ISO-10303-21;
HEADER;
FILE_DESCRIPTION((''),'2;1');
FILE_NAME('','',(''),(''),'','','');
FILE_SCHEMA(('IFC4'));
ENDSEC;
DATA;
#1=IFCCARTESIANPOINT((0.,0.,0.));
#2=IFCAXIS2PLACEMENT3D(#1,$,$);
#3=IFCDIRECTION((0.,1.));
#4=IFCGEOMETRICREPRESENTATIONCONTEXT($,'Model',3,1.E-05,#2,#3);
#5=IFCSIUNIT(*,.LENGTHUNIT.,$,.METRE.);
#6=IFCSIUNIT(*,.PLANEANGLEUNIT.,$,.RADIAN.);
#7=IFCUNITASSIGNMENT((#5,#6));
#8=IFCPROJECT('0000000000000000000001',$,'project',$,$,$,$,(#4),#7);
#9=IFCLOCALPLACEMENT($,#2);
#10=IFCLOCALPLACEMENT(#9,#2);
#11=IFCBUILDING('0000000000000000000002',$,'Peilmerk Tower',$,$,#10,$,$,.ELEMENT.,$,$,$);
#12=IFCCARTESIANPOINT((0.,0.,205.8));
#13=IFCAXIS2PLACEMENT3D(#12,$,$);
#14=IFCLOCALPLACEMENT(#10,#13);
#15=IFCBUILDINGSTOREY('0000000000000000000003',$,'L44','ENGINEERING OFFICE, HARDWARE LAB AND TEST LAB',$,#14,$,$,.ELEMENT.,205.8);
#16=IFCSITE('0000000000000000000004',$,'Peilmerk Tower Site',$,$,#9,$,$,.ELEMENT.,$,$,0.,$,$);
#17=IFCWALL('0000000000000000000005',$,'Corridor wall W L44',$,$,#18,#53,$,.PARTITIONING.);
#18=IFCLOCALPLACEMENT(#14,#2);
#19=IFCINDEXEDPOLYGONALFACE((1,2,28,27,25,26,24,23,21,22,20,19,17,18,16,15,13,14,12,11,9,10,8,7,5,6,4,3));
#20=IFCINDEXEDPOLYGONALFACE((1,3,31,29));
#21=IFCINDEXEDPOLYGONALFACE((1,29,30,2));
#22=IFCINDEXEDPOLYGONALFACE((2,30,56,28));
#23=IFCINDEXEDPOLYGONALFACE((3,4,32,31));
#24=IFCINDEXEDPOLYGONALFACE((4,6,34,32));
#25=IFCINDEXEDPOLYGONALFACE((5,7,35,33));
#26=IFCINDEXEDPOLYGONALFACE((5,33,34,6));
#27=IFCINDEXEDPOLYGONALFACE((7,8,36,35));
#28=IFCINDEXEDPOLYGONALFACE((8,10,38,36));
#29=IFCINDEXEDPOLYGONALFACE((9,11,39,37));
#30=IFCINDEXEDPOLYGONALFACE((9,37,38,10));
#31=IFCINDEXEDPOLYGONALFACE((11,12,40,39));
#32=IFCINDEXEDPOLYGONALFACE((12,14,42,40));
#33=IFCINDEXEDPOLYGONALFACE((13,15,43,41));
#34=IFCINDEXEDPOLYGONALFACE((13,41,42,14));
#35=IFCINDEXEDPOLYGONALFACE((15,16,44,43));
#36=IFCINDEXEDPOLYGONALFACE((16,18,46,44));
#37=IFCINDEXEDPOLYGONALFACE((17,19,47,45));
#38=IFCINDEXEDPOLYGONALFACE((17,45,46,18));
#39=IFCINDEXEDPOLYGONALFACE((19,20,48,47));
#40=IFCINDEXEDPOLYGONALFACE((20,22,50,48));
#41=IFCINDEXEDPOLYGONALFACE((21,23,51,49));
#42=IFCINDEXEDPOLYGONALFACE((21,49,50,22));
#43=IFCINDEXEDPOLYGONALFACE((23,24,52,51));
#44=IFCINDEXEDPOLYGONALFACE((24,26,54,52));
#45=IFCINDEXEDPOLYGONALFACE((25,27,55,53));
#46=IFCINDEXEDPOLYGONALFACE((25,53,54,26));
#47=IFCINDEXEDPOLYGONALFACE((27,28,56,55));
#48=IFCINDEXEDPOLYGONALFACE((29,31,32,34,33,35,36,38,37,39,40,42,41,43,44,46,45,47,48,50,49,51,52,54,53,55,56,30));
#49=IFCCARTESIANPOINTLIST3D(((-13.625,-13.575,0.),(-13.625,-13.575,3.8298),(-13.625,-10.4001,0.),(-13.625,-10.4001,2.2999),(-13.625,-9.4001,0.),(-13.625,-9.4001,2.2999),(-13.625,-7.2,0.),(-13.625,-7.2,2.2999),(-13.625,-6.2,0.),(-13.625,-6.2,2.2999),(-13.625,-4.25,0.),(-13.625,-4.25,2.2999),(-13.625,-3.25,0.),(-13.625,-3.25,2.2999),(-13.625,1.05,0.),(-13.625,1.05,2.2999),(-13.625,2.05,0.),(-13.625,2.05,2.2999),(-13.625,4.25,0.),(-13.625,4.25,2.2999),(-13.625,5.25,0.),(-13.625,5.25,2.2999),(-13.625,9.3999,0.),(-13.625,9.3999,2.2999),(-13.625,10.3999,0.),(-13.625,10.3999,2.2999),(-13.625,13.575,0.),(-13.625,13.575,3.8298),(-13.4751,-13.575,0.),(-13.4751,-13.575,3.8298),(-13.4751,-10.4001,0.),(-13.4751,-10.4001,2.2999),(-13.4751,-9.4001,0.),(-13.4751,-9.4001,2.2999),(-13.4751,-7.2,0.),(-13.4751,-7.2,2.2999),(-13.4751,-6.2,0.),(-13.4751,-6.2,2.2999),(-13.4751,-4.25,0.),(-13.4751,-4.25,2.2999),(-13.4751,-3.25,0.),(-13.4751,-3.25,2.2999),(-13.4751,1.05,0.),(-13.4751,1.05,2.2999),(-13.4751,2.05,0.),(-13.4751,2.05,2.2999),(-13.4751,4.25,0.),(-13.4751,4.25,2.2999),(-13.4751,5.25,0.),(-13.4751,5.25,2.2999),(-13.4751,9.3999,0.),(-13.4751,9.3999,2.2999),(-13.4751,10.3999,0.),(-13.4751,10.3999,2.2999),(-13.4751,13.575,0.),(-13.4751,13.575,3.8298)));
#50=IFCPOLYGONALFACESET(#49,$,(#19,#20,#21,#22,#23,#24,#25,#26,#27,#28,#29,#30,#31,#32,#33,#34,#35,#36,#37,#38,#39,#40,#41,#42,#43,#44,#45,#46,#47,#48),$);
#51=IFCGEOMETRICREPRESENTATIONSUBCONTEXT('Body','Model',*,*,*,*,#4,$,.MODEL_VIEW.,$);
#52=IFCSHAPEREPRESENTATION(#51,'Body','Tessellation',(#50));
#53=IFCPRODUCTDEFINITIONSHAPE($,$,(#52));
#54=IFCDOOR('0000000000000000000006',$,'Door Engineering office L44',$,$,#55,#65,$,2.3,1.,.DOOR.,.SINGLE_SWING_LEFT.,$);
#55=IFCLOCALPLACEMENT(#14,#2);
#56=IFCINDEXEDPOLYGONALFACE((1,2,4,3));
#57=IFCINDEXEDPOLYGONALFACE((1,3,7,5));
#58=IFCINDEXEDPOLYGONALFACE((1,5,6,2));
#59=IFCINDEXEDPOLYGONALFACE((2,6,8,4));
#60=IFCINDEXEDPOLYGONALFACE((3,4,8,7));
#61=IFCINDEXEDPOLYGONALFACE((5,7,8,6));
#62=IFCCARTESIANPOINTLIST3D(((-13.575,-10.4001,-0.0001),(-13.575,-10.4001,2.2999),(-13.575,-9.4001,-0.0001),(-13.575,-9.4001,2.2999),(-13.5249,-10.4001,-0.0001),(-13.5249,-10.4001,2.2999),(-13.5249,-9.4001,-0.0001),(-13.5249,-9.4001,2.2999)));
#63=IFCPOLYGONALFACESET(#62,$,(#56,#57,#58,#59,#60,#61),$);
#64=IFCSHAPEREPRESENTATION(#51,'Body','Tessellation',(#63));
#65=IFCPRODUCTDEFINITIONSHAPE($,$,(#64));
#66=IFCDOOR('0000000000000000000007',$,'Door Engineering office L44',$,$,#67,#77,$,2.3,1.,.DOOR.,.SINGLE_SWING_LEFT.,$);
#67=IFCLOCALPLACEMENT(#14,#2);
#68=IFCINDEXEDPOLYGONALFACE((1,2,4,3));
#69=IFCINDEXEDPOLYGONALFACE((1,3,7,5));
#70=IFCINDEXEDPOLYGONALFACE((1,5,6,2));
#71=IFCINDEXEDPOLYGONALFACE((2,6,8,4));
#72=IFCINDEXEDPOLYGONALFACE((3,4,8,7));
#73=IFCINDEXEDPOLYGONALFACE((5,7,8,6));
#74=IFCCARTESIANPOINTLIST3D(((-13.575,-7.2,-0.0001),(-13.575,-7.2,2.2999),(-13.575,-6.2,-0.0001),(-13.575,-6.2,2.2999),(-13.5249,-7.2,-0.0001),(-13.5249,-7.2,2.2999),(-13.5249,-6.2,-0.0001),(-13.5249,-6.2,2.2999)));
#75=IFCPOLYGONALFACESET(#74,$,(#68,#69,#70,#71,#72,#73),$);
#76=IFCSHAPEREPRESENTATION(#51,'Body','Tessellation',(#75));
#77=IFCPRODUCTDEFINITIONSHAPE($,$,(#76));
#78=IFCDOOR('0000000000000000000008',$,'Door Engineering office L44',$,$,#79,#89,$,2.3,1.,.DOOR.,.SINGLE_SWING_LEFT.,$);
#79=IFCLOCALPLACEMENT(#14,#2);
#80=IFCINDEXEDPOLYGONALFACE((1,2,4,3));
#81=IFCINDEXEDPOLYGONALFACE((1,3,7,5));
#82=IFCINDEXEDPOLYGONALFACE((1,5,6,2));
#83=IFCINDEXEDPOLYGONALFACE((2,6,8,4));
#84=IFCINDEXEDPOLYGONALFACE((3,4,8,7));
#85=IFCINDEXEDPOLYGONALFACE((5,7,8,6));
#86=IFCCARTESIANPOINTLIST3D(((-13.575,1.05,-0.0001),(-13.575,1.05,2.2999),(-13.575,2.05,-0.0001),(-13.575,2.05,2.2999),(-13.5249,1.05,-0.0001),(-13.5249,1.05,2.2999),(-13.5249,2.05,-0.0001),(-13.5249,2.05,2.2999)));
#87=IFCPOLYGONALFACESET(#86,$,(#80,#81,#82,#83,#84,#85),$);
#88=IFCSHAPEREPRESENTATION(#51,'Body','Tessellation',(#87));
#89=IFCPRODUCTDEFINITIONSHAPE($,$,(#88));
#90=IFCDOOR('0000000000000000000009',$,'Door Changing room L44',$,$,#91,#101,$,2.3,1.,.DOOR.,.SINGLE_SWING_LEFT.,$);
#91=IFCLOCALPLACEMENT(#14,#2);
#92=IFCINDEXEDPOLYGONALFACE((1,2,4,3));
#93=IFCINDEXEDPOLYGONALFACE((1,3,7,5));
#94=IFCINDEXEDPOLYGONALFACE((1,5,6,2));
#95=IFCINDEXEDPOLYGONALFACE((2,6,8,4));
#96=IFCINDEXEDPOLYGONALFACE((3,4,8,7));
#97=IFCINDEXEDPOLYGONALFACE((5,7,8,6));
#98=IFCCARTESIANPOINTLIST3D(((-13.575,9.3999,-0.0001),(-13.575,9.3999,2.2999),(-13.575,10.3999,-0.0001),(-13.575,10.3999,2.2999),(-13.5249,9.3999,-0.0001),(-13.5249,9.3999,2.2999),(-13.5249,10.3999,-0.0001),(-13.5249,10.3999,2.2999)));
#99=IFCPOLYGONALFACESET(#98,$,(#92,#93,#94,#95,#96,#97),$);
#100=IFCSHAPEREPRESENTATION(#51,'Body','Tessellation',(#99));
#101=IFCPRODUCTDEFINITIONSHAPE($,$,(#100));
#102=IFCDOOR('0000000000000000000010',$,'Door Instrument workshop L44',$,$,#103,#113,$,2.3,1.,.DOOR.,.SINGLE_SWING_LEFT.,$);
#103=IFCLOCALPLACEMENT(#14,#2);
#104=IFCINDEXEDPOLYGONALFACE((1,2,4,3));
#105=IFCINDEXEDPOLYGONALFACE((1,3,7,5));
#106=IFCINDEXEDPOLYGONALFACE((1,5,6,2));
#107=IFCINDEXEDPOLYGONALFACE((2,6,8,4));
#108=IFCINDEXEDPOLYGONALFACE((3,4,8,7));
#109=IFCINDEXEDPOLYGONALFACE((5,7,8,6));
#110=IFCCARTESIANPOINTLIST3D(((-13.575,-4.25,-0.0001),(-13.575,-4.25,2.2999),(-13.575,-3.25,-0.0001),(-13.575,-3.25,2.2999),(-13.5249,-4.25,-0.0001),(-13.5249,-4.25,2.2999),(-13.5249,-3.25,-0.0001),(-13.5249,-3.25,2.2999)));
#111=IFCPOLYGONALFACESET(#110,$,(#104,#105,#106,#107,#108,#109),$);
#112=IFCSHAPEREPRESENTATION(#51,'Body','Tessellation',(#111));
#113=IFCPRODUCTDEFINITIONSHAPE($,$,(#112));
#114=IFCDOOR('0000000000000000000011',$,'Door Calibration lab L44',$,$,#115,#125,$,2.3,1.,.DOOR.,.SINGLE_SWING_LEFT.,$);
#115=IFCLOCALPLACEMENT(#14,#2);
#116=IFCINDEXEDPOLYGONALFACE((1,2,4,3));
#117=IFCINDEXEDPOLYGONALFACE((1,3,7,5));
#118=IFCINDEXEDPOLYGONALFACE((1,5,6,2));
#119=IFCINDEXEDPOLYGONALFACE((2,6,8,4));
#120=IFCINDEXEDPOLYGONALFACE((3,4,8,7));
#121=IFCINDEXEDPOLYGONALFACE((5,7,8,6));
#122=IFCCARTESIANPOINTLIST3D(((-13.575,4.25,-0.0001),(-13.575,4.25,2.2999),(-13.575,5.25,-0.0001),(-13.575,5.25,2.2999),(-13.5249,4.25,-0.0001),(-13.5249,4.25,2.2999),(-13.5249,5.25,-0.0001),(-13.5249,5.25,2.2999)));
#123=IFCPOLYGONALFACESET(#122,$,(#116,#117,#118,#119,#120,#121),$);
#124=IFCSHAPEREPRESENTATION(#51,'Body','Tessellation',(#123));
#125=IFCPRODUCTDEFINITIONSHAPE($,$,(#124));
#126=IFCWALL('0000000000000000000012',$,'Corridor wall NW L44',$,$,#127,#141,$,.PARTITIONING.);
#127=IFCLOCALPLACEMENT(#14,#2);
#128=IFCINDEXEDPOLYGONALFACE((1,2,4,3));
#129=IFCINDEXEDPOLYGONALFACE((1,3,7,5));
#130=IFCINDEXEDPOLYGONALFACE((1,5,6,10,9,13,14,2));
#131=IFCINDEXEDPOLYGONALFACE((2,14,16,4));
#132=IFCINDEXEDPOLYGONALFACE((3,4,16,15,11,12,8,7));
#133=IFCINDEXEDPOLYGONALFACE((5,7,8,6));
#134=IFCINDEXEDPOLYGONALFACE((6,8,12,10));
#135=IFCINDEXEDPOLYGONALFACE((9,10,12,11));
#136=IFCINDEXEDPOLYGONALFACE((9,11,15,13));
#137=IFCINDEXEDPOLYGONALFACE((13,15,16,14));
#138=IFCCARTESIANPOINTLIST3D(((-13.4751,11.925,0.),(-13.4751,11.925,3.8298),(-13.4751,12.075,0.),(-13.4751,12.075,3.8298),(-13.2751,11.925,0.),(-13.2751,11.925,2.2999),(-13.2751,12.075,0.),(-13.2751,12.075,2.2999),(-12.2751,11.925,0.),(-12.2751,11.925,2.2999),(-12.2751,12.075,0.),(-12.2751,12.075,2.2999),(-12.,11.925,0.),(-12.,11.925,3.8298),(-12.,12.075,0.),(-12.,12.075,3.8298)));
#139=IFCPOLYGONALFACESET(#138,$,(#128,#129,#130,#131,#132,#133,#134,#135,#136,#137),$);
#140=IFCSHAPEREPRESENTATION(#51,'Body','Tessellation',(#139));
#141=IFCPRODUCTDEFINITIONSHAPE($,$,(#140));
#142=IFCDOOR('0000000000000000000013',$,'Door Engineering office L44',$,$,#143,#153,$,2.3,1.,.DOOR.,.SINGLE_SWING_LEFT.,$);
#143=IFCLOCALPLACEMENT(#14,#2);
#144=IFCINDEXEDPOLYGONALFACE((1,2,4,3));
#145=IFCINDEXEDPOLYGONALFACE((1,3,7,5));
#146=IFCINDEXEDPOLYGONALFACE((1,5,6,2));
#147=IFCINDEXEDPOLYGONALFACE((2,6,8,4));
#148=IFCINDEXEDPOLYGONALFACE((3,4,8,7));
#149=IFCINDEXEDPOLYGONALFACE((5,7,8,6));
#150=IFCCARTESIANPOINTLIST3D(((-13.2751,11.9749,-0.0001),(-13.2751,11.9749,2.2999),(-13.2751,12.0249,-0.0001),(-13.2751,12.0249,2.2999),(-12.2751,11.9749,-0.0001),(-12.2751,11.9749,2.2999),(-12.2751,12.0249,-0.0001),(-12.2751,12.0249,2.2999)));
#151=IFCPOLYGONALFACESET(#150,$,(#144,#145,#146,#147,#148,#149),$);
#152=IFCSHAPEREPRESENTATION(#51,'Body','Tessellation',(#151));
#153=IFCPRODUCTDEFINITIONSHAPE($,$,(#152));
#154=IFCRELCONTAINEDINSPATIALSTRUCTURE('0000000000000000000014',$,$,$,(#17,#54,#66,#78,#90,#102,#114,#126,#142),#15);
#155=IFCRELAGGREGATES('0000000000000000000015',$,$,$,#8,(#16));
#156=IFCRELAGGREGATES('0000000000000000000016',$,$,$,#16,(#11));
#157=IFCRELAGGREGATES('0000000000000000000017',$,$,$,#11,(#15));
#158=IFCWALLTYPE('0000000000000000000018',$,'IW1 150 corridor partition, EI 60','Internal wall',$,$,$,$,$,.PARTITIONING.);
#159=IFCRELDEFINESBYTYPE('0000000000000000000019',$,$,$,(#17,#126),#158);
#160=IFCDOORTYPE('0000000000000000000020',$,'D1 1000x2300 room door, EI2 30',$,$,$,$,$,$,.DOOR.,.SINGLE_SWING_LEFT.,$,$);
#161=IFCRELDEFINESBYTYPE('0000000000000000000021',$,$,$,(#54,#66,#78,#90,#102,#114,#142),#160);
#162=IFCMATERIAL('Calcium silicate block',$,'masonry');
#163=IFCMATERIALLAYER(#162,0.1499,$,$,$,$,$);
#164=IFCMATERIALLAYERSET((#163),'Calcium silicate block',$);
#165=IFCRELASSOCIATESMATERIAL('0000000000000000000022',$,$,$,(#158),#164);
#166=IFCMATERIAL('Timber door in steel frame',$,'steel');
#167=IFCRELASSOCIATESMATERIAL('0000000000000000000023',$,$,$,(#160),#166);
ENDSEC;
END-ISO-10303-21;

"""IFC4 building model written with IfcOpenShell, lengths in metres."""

from ifc_helpers import new_model, si_unit, direction, frame, frame_2d, origin, place, context, subcontext, project, spatial, rectangle, extrude, material, layer, layer_set, type_object, element, fill, save


model = new_model("IFC4")

# Units and contexts
model_context = context("Model", 3, precision=1e-05, world=origin(), true_north=direction((0.0, 1.0)))
body_context = subcontext(model_context, "Body", "Model", "MODEL_VIEW")
ifc_project = project(units=[si_unit("LENGTHUNIT", "METRE"), si_unit("PLANEANGLEUNIT", "RADIAN")], contexts=[model_context])

# Site, building, storey
site_placement = place(None, origin())
site = spatial("IfcSite", under=ifc_project, at=site_placement, Name="Peilmerk Tower Site", CompositionType="ELEMENT", RefElevation=0.0)
building_placement = place(site_placement, origin())
building = spatial("IfcBuilding", under=site, at=building_placement, Name="Peilmerk Tower", CompositionType="ELEMENT")
storey_placement = place(building_placement, frame((0.0, 0.0, 205.8)))
storey = spatial("IfcBuildingStorey", under=building, at=storey_placement, Name="L44", Description="ENGINEERING OFFICE, HARDWARE LAB AND TEST LAB", CompositionType="ELEMENT", Elevation=205.8)

# Wall, openings, doors
ifc_material_1 = material(Name="Calcium silicate block", Category="masonry")
ifc_layer_1 = layer(ifc_material_1, 0.1499)
ifc_layer_set_1 = layer_set([ifc_layer_1], Name="Calcium silicate block")
wall_type_1 = type_object("IfcWallType", Name="IW1 150 corridor partition, EI 60", Description="Internal wall", PredefinedType="PARTITIONING", material=ifc_layer_set_1)
wall_1_placement = place(storey_placement, frame((-13.55, 13.575, 0.0), z_axis=(0.0, 0.0, 1.0), x_axis=(0.0, -1.0, 0.0)))
wall_1 = element("IfcWall", 1, at=wall_1_placement, inside=storey, type_object=wall_type_1, Name="Corridor wall W L44", PredefinedType="PARTITIONING", context=body_context, shape_type="SweptSolid", body=[
    extrude(rectangle(XDim=27.1499, YDim=0.1499, at=frame_2d((13.575, 0.0))), origin(), (0.0, 0.0, 1.0), 3.8298),
])
opening_1_placement = place(wall_1_placement, frame((22.9751, 0.0, 0.0)))
opening_1 = element("IfcOpeningElement", 2, at=opening_1_placement, cuts=wall_1, PredefinedType="OPENING", context=body_context, shape_type="SweptSolid", body=[
    extrude(rectangle(XDim=1.0, YDim=2.3, at=frame_2d((0.5, 1.1499))), frame((0.0, 0.085, 0.0), z_axis=(0.0, -1.0, 0.0), x_axis=(1.0, 0.0, 0.0)), (0.0, 0.0, 1.0), 0.1699),
])
opening_2_placement = place(wall_1_placement, frame((19.7749, 0.0, 0.0)))
opening_2 = element("IfcOpeningElement", 3, at=opening_2_placement, cuts=wall_1, PredefinedType="OPENING", context=body_context, shape_type="SweptSolid", body=[
    extrude(rectangle(XDim=1.0, YDim=2.3, at=frame_2d((0.5, 1.1499))), frame((0.0, 0.085, 0.0), z_axis=(0.0, -1.0, 0.0), x_axis=(1.0, 0.0, 0.0)), (0.0, 0.0, 1.0), 0.1699),
])
opening_3_placement = place(wall_1_placement, frame((11.5249, 0.0, 0.0)))
opening_3 = element("IfcOpeningElement", 4, at=opening_3_placement, cuts=wall_1, PredefinedType="OPENING", context=body_context, shape_type="SweptSolid", body=[
    extrude(rectangle(XDim=1.0, YDim=2.3, at=frame_2d((0.5, 1.1499))), frame((0.0, 0.085, 0.0), z_axis=(0.0, -1.0, 0.0), x_axis=(1.0, 0.0, 0.0)), (0.0, 0.0, 1.0), 0.1699),
])
opening_4_placement = place(wall_1_placement, frame((3.175, 0.0, 0.0)))
opening_4 = element("IfcOpeningElement", 5, at=opening_4_placement, cuts=wall_1, PredefinedType="OPENING", context=body_context, shape_type="SweptSolid", body=[
    extrude(rectangle(XDim=1.0, YDim=2.3, at=frame_2d((0.5, 1.1499))), frame((0.0, 0.085, 0.0), z_axis=(0.0, -1.0, 0.0), x_axis=(1.0, 0.0, 0.0)), (0.0, 0.0, 1.0), 0.1699),
])
opening_5_placement = place(wall_1_placement, frame((16.825, 0.0, 0.0)))
opening_5 = element("IfcOpeningElement", 6, at=opening_5_placement, cuts=wall_1, PredefinedType="OPENING", context=body_context, shape_type="SweptSolid", body=[
    extrude(rectangle(XDim=1.0, YDim=2.3, at=frame_2d((0.5, 1.1499))), frame((0.0, 0.085, 0.0), z_axis=(0.0, -1.0, 0.0), x_axis=(1.0, 0.0, 0.0)), (0.0, 0.0, 1.0), 0.1699),
])
opening_6_placement = place(wall_1_placement, frame((8.325, 0.0, 0.0)))
opening_6 = element("IfcOpeningElement", 7, at=opening_6_placement, cuts=wall_1, PredefinedType="OPENING", context=body_context, shape_type="SweptSolid", body=[
    extrude(rectangle(XDim=1.0, YDim=2.3, at=frame_2d((0.5, 1.1499))), frame((0.0, 0.085, 0.0), z_axis=(0.0, -1.0, 0.0), x_axis=(1.0, 0.0, 0.0)), (0.0, 0.0, 1.0), 0.1699),
])
ifc_material_2 = material(Name="Timber door in steel frame", Category="steel")
door_type_1 = type_object("IfcDoorType", Name="D1 1000x2300 room door, EI2 30", OperationType="SINGLE_SWING_LEFT", PredefinedType="DOOR", material=ifc_material_2)
door_1_placement = place(opening_1_placement, frame((1.0, 0.0, 0.0), z_axis=(0.0, 0.0, 1.0), x_axis=(-1.0, 0.0, 0.0)))
door_1 = element("IfcDoor", 8, at=door_1_placement, inside=storey, type_object=door_type_1, Name="Door Engineering office L44", OperationType="SINGLE_SWING_LEFT", OverallHeight=2.3, OverallWidth=1.0, PredefinedType="DOOR", context=body_context, shape_type="SweptSolid", body=[
    extrude(rectangle(XDim=1.0, YDim=2.3, at=frame_2d((0.5, 1.1499))), frame((0.0, 0.0249, 0.0), z_axis=(0.0, -1.0, 0.0), x_axis=(1.0, 0.0, 0.0)), (0.0, 0.0, 1.0), 0.05),
])
fill(opening_1, door_1)
door_2_placement = place(opening_2_placement, frame((1.0, 0.0, 0.0), z_axis=(0.0, 0.0, 1.0), x_axis=(-1.0, 0.0, 0.0)))
door_2 = element("IfcDoor", 9, at=door_2_placement, inside=storey, type_object=door_type_1, Name="Door Engineering office L44", OperationType="SINGLE_SWING_LEFT", OverallHeight=2.3, OverallWidth=1.0, PredefinedType="DOOR", context=body_context, shape_type="SweptSolid", body=[
    extrude(rectangle(XDim=1.0, YDim=2.3, at=frame_2d((0.5, 1.1499))), frame((0.0, 0.0249, 0.0), z_axis=(0.0, -1.0, 0.0), x_axis=(1.0, 0.0, 0.0)), (0.0, 0.0, 1.0), 0.05),
])
fill(opening_2, door_2)
door_3_placement = place(opening_3_placement, frame((1.0, 0.0, 0.0), z_axis=(0.0, 0.0, 1.0), x_axis=(-1.0, 0.0, 0.0)))
door_3 = element("IfcDoor", 10, at=door_3_placement, inside=storey, type_object=door_type_1, Name="Door Engineering office L44", OperationType="SINGLE_SWING_LEFT", OverallHeight=2.3, OverallWidth=1.0, PredefinedType="DOOR", context=body_context, shape_type="SweptSolid", body=[
    extrude(rectangle(XDim=1.0, YDim=2.3, at=frame_2d((0.5, 1.1499))), frame((0.0, 0.0249, 0.0), z_axis=(0.0, -1.0, 0.0), x_axis=(1.0, 0.0, 0.0)), (0.0, 0.0, 1.0), 0.05),
])
fill(opening_3, door_3)
door_4_placement = place(opening_4_placement, frame((1.0, 0.0, 0.0), z_axis=(0.0, 0.0, 1.0), x_axis=(-1.0, 0.0, 0.0)))
door_4 = element("IfcDoor", 11, at=door_4_placement, inside=storey, type_object=door_type_1, Name="Door Changing room L44", OperationType="SINGLE_SWING_LEFT", OverallHeight=2.3, OverallWidth=1.0, PredefinedType="DOOR", context=body_context, shape_type="SweptSolid", body=[
    extrude(rectangle(XDim=1.0, YDim=2.3, at=frame_2d((0.5, 1.1499))), frame((0.0, 0.0249, 0.0), z_axis=(0.0, -1.0, 0.0), x_axis=(1.0, 0.0, 0.0)), (0.0, 0.0, 1.0), 0.05),
])
fill(opening_4, door_4)
door_5_placement = place(opening_5_placement, frame((1.0, 0.0, 0.0), z_axis=(0.0, 0.0, 1.0), x_axis=(-1.0, 0.0, 0.0)))
door_5 = element("IfcDoor", 12, at=door_5_placement, inside=storey, type_object=door_type_1, Name="Door Instrument workshop L44", OperationType="SINGLE_SWING_LEFT", OverallHeight=2.3, OverallWidth=1.0, PredefinedType="DOOR", context=body_context, shape_type="SweptSolid", body=[
    extrude(rectangle(XDim=1.0, YDim=2.3, at=frame_2d((0.5, 1.1499))), frame((0.0, 0.0249, 0.0), z_axis=(0.0, -1.0, 0.0), x_axis=(1.0, 0.0, 0.0)), (0.0, 0.0, 1.0), 0.05),
])
fill(opening_5, door_5)
door_6_placement = place(opening_6_placement, frame((1.0, 0.0, 0.0), z_axis=(0.0, 0.0, 1.0), x_axis=(-1.0, 0.0, 0.0)))
door_6 = element("IfcDoor", 13, at=door_6_placement, inside=storey, type_object=door_type_1, Name="Door Calibration lab L44", OperationType="SINGLE_SWING_LEFT", OverallHeight=2.3, OverallWidth=1.0, PredefinedType="DOOR", context=body_context, shape_type="SweptSolid", body=[
    extrude(rectangle(XDim=1.0, YDim=2.3, at=frame_2d((0.5, 1.1499))), frame((0.0, 0.0249, 0.0), z_axis=(0.0, -1.0, 0.0), x_axis=(1.0, 0.0, 0.0)), (0.0, 0.0, 1.0), 0.05),
])
fill(opening_6, door_6)

# Wall, opening, door
wall_2_placement = place(storey_placement, frame((-13.4751, 12.0, 0.0), z_axis=(0.0, 0.0, 1.0), x_axis=(1.0, 0.0, 0.0)))
wall_2 = element("IfcWall", 14, at=wall_2_placement, inside=storey, type_object=wall_type_1, Name="Corridor wall NW L44", PredefinedType="PARTITIONING", context=body_context, shape_type="SweptSolid", body=[
    extrude(rectangle(XDim=1.4751, YDim=0.1499, at=frame_2d((0.7375, 0.0))), origin(), (0.0, 0.0, 1.0), 3.8298),
])
opening_7_placement = place(wall_2_placement, frame((0.2, 0.0, 0.0)))
opening_7 = element("IfcOpeningElement", 15, at=opening_7_placement, cuts=wall_2, PredefinedType="OPENING", context=body_context, shape_type="SweptSolid", body=[
    extrude(rectangle(XDim=1.0, YDim=2.3, at=frame_2d((0.5, 1.1499))), frame((0.0, 0.085, 0.0), z_axis=(0.0, -1.0, 0.0), x_axis=(1.0, 0.0, 0.0)), (0.0, 0.0, 1.0), 0.1699),
])
door_7_placement = place(opening_7_placement, origin())
door_7 = element("IfcDoor", 16, at=door_7_placement, inside=storey, type_object=door_type_1, Name="Door Engineering office L44", OperationType="SINGLE_SWING_LEFT", OverallHeight=2.3, OverallWidth=1.0, PredefinedType="DOOR", context=body_context, shape_type="SweptSolid", body=[
    extrude(rectangle(XDim=1.0, YDim=2.3, at=frame_2d((0.5, 1.1499))), frame((0.0, 0.0249, 0.0), z_axis=(0.0, -1.0, 0.0), x_axis=(1.0, 0.0, 0.0)), (0.0, 0.0, 1.0), 0.05),
])
fill(opening_7, door_7)

save(model, "model.ifc")
